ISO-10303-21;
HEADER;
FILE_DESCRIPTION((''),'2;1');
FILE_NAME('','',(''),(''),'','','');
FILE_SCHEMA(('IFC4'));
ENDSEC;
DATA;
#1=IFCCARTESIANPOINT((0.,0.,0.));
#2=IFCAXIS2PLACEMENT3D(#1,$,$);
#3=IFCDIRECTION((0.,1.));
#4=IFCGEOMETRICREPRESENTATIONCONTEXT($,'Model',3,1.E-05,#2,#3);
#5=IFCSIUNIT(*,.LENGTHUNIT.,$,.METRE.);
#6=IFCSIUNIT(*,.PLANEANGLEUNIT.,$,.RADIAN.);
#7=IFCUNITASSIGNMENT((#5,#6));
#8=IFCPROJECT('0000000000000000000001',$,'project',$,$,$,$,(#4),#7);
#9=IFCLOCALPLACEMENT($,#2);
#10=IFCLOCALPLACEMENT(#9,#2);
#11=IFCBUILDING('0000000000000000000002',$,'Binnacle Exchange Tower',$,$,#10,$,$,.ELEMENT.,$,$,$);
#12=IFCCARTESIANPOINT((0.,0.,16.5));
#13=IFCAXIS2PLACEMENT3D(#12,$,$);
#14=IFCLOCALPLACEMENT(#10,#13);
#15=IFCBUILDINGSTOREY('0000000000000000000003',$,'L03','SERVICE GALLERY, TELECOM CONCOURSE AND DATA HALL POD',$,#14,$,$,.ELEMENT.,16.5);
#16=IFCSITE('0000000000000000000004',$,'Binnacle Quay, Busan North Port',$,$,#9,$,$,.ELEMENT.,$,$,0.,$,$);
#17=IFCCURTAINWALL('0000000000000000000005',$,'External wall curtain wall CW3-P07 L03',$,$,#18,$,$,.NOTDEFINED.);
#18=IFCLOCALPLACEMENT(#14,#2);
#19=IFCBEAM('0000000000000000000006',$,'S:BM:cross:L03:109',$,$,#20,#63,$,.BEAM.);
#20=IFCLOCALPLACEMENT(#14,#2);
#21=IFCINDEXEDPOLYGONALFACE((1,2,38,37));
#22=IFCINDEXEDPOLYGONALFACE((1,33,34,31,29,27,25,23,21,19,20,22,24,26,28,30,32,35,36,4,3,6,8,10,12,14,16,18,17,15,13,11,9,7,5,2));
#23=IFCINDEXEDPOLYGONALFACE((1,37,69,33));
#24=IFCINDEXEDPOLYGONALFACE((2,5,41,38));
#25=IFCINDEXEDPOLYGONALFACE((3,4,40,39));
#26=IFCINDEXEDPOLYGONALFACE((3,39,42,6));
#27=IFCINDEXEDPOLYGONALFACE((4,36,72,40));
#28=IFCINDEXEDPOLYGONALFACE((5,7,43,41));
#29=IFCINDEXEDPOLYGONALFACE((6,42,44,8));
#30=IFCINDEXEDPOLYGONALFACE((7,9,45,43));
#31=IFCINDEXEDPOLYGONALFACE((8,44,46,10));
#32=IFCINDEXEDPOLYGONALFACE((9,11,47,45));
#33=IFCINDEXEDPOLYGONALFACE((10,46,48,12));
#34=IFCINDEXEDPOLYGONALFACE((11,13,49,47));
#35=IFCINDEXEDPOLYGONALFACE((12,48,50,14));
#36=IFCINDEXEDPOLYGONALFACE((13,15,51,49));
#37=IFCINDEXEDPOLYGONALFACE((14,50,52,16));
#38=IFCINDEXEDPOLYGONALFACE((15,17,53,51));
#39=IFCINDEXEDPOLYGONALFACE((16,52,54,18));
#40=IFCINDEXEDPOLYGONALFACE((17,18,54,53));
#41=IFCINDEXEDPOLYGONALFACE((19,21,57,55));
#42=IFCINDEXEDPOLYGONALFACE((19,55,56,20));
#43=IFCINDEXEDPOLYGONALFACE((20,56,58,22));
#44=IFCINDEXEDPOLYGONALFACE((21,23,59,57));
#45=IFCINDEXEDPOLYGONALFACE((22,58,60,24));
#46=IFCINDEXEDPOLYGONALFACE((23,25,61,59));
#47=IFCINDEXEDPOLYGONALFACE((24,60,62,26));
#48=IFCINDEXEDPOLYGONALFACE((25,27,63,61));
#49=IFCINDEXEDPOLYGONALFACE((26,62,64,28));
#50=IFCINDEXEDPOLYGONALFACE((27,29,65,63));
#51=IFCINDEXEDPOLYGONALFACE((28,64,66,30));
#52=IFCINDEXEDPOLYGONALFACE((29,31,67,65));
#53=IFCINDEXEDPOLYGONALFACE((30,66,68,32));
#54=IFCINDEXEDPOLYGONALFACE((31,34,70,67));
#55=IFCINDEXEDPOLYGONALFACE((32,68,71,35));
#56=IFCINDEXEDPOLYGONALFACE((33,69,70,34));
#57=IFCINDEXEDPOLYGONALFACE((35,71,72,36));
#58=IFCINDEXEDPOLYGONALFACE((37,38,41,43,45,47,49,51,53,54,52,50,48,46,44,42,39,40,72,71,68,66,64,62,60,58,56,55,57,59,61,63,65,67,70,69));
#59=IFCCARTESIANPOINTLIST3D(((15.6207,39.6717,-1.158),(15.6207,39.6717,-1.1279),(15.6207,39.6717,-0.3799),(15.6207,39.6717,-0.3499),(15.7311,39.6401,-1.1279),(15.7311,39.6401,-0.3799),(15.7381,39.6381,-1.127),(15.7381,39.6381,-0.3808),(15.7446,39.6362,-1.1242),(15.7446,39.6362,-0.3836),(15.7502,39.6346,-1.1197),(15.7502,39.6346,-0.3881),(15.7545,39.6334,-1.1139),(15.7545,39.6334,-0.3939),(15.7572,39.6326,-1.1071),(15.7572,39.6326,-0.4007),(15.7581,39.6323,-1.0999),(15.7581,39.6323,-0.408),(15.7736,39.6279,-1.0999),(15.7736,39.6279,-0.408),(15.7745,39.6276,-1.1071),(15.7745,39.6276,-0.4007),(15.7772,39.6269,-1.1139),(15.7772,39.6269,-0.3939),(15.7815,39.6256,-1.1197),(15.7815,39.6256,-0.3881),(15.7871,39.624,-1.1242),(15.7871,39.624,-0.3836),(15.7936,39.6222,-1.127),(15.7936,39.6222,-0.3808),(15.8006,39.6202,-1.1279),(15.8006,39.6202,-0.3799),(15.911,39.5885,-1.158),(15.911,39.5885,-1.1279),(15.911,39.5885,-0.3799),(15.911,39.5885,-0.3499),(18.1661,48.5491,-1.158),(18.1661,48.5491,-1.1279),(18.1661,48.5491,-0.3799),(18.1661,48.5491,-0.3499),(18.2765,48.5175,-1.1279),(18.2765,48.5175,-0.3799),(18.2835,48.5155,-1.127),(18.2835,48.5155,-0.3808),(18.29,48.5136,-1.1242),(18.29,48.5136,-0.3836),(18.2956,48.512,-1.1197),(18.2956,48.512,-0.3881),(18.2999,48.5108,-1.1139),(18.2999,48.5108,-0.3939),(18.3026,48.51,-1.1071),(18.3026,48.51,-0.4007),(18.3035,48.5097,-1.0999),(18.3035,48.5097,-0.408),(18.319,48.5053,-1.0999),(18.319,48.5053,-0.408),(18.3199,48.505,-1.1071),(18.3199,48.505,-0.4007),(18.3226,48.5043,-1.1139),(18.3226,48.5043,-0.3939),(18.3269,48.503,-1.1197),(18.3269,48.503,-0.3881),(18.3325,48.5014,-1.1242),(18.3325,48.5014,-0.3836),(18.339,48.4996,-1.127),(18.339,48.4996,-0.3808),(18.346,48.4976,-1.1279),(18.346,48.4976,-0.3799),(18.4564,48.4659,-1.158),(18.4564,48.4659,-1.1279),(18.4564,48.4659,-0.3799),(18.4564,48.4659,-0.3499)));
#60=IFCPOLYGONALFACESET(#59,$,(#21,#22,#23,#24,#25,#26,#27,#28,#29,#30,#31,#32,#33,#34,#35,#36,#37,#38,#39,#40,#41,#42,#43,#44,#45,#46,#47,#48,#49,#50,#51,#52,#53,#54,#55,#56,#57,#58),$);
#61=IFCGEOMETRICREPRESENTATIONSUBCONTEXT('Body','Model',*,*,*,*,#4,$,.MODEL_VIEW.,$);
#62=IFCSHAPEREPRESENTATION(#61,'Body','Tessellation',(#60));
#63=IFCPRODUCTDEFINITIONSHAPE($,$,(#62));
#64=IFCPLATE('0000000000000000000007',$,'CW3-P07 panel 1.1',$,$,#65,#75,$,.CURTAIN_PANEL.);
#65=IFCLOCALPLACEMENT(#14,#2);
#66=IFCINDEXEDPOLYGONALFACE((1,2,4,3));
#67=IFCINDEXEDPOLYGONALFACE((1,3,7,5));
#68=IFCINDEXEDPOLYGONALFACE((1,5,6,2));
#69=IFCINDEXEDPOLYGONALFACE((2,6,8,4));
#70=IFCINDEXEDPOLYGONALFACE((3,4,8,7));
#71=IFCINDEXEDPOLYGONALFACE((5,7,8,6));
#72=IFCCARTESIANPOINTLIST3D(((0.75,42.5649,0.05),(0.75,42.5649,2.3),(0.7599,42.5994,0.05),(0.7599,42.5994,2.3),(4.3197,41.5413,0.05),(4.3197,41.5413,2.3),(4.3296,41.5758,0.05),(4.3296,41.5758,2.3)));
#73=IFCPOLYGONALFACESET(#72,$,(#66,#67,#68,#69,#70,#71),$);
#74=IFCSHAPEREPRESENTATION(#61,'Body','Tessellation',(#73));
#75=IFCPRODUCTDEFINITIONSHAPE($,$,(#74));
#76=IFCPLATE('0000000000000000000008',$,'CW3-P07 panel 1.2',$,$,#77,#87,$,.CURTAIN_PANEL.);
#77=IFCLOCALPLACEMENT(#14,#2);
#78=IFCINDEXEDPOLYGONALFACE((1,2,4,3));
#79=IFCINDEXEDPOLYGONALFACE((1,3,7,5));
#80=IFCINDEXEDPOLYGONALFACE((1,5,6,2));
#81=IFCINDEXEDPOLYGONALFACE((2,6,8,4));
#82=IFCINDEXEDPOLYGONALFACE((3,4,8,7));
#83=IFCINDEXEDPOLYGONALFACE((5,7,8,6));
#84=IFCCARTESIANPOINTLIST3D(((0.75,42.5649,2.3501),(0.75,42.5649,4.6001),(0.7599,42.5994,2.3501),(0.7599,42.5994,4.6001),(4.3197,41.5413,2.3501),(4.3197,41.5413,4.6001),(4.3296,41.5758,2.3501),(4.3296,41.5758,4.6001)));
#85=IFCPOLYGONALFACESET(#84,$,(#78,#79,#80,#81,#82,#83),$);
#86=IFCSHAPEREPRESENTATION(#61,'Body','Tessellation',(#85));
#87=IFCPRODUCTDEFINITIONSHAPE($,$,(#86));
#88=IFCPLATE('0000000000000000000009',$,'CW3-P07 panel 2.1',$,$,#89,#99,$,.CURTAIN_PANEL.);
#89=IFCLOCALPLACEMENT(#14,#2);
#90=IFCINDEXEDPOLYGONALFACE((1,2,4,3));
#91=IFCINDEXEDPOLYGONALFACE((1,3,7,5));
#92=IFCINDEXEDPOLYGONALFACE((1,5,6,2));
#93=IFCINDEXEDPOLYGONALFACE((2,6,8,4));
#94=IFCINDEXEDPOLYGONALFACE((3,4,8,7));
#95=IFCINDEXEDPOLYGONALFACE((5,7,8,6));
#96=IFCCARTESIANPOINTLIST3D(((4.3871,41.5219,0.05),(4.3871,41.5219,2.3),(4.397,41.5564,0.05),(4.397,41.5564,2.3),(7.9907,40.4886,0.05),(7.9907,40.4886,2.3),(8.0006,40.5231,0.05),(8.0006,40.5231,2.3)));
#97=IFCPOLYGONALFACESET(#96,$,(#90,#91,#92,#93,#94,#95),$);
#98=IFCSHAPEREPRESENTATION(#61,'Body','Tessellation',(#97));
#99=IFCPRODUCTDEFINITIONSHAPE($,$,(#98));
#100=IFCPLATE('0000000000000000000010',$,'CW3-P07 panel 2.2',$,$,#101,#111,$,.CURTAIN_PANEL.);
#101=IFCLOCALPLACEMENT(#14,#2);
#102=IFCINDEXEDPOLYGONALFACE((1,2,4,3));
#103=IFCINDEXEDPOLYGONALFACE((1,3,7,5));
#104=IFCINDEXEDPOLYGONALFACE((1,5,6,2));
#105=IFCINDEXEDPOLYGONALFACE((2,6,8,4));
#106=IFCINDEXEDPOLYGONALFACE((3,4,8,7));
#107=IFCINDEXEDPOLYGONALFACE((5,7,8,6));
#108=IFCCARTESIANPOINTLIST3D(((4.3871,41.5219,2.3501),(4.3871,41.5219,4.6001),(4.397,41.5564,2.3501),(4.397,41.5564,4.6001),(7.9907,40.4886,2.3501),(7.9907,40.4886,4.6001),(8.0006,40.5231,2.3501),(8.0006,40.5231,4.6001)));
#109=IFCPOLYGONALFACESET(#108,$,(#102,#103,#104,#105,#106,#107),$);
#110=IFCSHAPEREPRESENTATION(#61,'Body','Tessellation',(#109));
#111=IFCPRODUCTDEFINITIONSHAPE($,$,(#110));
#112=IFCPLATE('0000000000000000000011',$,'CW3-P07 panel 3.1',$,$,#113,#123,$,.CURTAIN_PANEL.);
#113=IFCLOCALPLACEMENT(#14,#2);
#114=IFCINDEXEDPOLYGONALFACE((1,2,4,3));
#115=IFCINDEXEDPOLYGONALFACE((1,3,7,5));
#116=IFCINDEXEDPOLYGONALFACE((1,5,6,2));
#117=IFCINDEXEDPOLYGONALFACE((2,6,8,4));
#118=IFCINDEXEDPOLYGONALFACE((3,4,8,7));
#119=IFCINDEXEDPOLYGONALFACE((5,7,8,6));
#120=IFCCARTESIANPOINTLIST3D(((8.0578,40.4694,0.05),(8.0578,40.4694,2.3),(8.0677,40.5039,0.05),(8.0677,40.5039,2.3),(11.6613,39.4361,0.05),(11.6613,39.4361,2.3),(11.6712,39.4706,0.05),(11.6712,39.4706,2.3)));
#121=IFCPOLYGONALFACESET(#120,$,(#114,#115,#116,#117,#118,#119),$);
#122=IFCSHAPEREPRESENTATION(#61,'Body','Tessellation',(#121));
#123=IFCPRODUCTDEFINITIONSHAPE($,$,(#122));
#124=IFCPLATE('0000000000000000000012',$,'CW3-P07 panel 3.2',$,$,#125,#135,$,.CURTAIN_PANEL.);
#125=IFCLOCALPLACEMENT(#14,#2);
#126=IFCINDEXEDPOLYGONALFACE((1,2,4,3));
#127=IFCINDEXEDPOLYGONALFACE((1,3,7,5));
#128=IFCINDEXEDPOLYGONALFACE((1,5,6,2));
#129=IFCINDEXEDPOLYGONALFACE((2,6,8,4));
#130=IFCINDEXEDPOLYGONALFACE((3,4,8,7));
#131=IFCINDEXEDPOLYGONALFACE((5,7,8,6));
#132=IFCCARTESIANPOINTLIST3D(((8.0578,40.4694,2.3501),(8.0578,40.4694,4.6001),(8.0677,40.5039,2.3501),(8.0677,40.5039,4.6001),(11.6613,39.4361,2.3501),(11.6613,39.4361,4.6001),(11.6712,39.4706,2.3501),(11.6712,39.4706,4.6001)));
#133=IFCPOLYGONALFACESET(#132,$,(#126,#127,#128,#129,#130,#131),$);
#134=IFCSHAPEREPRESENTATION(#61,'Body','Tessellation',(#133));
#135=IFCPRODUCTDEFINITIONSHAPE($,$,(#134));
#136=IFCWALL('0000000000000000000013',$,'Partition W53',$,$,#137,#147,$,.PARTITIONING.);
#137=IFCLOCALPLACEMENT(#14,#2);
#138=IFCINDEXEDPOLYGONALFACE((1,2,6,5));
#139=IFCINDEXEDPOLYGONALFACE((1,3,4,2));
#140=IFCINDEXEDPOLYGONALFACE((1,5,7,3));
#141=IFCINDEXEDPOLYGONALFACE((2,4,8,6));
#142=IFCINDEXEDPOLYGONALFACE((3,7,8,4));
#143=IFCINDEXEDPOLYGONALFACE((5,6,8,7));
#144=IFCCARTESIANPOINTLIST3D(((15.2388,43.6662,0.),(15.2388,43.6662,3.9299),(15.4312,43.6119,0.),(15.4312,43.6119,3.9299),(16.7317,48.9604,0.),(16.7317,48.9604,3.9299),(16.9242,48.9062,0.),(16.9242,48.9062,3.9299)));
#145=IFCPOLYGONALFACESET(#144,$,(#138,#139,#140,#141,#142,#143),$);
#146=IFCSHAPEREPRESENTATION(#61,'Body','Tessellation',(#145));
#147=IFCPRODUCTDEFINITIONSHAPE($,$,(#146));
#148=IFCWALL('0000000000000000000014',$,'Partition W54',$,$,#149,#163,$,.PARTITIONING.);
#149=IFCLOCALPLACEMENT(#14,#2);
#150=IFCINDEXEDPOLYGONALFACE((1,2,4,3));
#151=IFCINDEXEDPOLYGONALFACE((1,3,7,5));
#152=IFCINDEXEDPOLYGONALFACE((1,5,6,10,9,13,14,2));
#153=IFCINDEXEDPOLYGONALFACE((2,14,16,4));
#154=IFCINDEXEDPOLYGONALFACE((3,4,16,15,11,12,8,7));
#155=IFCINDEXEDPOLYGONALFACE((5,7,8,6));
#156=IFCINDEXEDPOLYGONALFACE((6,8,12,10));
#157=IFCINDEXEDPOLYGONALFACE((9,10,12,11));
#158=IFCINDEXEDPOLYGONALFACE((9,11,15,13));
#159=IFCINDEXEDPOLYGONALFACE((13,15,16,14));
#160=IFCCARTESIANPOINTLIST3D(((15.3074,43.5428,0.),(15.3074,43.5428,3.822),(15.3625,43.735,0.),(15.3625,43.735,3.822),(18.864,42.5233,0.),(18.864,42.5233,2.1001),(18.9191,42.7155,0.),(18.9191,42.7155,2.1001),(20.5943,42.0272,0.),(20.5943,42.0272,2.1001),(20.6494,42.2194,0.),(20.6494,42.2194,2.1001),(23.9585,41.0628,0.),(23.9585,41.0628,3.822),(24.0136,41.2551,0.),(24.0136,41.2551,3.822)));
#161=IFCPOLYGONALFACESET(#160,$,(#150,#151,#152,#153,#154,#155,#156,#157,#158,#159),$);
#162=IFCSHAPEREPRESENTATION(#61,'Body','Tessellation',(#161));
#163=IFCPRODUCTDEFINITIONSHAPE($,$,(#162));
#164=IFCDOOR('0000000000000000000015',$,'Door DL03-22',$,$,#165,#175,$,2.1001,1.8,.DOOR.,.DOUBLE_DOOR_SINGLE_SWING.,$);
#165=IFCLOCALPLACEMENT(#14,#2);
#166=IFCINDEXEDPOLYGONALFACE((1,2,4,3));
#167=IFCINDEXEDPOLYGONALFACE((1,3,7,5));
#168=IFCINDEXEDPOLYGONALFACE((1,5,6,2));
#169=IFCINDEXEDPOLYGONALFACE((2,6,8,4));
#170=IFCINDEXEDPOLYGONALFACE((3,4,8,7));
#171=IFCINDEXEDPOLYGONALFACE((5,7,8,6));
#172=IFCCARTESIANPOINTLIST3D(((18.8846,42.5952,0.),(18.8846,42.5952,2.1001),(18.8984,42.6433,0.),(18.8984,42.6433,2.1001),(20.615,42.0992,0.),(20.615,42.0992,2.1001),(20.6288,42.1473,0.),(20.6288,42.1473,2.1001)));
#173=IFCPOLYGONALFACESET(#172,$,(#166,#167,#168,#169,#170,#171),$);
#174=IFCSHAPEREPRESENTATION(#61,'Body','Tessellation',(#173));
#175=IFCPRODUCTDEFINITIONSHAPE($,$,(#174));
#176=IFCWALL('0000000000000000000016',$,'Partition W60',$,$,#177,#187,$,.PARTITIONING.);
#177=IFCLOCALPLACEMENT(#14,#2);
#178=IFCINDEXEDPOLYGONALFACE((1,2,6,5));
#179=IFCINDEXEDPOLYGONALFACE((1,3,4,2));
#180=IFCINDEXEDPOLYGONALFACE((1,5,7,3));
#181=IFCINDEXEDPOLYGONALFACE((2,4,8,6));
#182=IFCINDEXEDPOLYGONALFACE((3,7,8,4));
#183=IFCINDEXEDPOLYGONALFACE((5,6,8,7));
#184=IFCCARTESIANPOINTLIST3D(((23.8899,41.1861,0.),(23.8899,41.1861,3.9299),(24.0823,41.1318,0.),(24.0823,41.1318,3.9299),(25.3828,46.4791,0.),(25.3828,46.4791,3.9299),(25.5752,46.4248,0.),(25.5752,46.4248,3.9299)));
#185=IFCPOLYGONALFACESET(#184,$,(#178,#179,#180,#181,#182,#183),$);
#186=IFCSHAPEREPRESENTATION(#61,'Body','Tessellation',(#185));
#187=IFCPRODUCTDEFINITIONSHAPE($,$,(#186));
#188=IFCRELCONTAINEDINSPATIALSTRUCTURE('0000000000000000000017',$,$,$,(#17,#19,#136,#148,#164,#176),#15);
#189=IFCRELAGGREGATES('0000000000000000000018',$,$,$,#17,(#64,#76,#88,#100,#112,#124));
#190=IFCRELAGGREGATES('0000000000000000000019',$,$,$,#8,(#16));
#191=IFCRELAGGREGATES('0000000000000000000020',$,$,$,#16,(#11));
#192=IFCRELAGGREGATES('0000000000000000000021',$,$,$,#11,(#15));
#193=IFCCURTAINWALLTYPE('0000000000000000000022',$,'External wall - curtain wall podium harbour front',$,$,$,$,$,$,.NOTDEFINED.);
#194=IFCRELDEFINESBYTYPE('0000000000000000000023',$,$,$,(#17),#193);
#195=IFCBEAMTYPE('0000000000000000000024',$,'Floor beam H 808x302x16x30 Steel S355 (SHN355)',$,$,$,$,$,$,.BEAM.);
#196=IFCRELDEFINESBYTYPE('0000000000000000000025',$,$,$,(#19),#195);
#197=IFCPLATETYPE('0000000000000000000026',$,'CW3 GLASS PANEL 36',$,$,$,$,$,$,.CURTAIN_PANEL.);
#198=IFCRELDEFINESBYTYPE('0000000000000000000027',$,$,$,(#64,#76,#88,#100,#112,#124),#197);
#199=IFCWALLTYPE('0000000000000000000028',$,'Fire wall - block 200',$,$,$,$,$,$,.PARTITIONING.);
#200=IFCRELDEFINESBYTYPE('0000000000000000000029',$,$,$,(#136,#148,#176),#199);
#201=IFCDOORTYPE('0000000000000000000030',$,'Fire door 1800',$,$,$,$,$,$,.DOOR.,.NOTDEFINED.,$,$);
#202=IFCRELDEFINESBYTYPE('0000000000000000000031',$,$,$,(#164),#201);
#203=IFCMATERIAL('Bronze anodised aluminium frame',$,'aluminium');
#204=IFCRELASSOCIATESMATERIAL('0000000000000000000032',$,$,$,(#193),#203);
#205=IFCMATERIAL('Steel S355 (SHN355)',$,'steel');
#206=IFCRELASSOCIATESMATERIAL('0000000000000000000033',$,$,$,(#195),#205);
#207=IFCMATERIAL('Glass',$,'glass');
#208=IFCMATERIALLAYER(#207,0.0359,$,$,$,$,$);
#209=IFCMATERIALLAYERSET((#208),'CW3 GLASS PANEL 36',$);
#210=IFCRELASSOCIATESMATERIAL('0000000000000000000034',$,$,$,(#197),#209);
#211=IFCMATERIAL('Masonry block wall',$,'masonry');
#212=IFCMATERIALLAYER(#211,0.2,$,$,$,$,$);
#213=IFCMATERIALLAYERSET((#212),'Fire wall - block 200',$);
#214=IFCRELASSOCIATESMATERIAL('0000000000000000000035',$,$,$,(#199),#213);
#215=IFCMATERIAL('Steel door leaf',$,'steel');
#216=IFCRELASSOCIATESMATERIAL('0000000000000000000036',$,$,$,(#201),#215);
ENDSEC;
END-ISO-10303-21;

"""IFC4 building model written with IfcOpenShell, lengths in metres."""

from ifc_helpers import new_model, si_unit, direction, frame, frame_2d, origin, origin_2d, place, context, subcontext, project, spatial, rectangle, i_section, extrude, material, layer, layer_set, material_profile, profile_set, type_object, element, fill, aggregate, save


model = new_model("IFC4")

# Units and contexts
model_context = context("Model", 3, precision=1e-05, world=origin(), true_north=direction((0.0, 1.0)))
body_context = subcontext(model_context, "Body", "Model", "MODEL_VIEW")
ifc_project = project(units=[si_unit("LENGTHUNIT", "METRE"), si_unit("PLANEANGLEUNIT", "RADIAN")], contexts=[model_context])

# Site, building, storey
site_placement = place(None, origin())
site = spatial("IfcSite", under=ifc_project, at=site_placement, Name="Binnacle Quay, Busan North Port", CompositionType="ELEMENT", RefElevation=0.0)
building_placement = place(site_placement, origin())
building = spatial("IfcBuilding", under=site, at=building_placement, Name="Binnacle Exchange Tower", CompositionType="ELEMENT")
storey_placement = place(building_placement, frame((0.0, 0.0, 16.5)))
storey = spatial("IfcBuildingStorey", under=building, at=storey_placement, Name="L03", Description="SERVICE GALLERY, TELECOM CONCOURSE AND DATA HALL POD", CompositionType="ELEMENT", Elevation=16.5)

# Shared definitions
ifc_material_1 = material(Name="Bronze anodised aluminium frame", Category="aluminium")
curtain_wall_type = type_object("IfcCurtainWallType", Name="External wall - curtain wall podium harbour front", PredefinedType="NOTDEFINED", material=ifc_material_1)

# Curtain wall
curtain_wall_1_placement = place(storey_placement, origin())
curtain_wall_1 = element("IfcCurtainWall", 1, at=curtain_wall_1_placement, inside=storey, type_object=curtain_wall_type, Name="External wall curtain wall CW3-P07 L03", PredefinedType="NOTDEFINED")

# Beam
ifc_material_2 = material(Name="Steel S355 (SHN355)", Category="steel")
ifc_material_profile_1 = material_profile(ifc_material_2, i_section(OverallWidth=0.302, OverallDepth=0.8081, WebThickness=0.0161, FlangeThickness=0.03, FilletRadius=0.0281, at=origin_2d()), Name="H 808x302x16x30")
ifc_profile_set_1 = profile_set([ifc_material_profile_1], Name="Steel S355 (SHN355)")
beam_type_1 = type_object("IfcBeamType", Name="Floor beam H 808x302x16x30 Steel S355 (SHN355)", PredefinedType="BEAM", material=ifc_profile_set_1)
beam_1_placement = place(storey_placement, frame((15.7659, 39.6301, -0.7539), z_axis=(0.275622, 0.961266, 0.0), x_axis=(-0.961266, 0.275622, 0.0)))
element("IfcBeam", 2, at=beam_1_placement, inside=storey, type_object=beam_type_1, Name="S:BM:cross:L03:109", PredefinedType="BEAM", context=body_context, shape_type="SweptSolid", body=[
    extrude(i_section(OverallWidth=0.302, OverallDepth=0.8081, WebThickness=0.0161, FlangeThickness=0.03, FilletRadius=0.0281, at=origin_2d()), origin(), (0.0, 0.0, 1.0), 9.2351),
])

# Plates
ifc_material_3 = material(Name="Glass", Category="glass")
ifc_layer_1 = layer(ifc_material_3, 0.0359)
ifc_layer_set_1 = layer_set([ifc_layer_1], Name="CW3 GLASS PANEL 36")
plate_type = type_object("IfcPlateType", Name="CW3 GLASS PANEL 36", PredefinedType="CURTAIN_PANEL", material=ifc_layer_set_1)
plate_1_placement = place(storey_placement, frame((2.5398, 42.0703, 0.05), z_axis=(0.0, 0.0, 1.0), x_axis=(0.961262, -0.275637, 0.0)))
plate_1 = element("IfcPlate", 3, at=plate_1_placement, type_object=plate_type, Name="CW3-P07 panel 1.1", PredefinedType="CURTAIN_PANEL", context=body_context, shape_type="SweptSolid", body=[
    extrude(rectangle(XDim=3.7136, YDim=0.0359, at=origin_2d()), origin(), (0.0, 0.0, 1.0), 2.25),
])
plate_2_placement = place(storey_placement, frame((2.5398, 42.0703, 2.3501), z_axis=(0.0, 0.0, 1.0), x_axis=(0.961262, -0.275637, 0.0)))
plate_2 = element("IfcPlate", 4, at=plate_2_placement, type_object=plate_type, Name="CW3-P07 panel 1.2", PredefinedType="CURTAIN_PANEL", context=body_context, shape_type="SweptSolid", body=[
    extrude(rectangle(XDim=3.7136, YDim=0.0359, at=origin_2d()), origin(), (0.0, 0.0, 1.0), 2.25),
])
plate_3_placement = place(storey_placement, frame((6.1938, 41.0225, 0.05), z_axis=(0.0, 0.0, 1.0), x_axis=(0.961262, -0.275637, 0.0)))
plate_3 = element("IfcPlate", 5, at=plate_3_placement, type_object=plate_type, Name="CW3-P07 panel 2.1", PredefinedType="CURTAIN_PANEL", context=body_context, shape_type="SweptSolid", body=[
    extrude(rectangle(XDim=3.7488, YDim=0.0359, at=origin_2d()), origin(), (0.0, 0.0, 1.0), 2.25),
])
plate_4_placement = place(storey_placement, frame((6.1938, 41.0225, 2.3501), z_axis=(0.0, 0.0, 1.0), x_axis=(0.961262, -0.275637, 0.0)))
plate_4 = element("IfcPlate", 6, at=plate_4_placement, type_object=plate_type, Name="CW3-P07 panel 2.2", PredefinedType="CURTAIN_PANEL", context=body_context, shape_type="SweptSolid", body=[
    extrude(rectangle(XDim=3.7488, YDim=0.0359, at=origin_2d()), origin(), (0.0, 0.0, 1.0), 2.25),
])
plate_5_placement = place(storey_placement, frame((9.8645, 39.97, 0.05), z_axis=(0.0, 0.0, 1.0), x_axis=(0.961262, -0.275637, 0.0)))
plate_5 = element("IfcPlate", 7, at=plate_5_placement, type_object=plate_type, Name="CW3-P07 panel 3.1", PredefinedType="CURTAIN_PANEL", context=body_context, shape_type="SweptSolid", body=[
    extrude(rectangle(XDim=3.7488, YDim=0.0359, at=origin_2d()), origin(), (0.0, 0.0, 1.0), 2.25),
])
plate_6_placement = place(storey_placement, frame((9.8645, 39.97, 2.3501), z_axis=(0.0, 0.0, 1.0), x_axis=(0.961262, -0.275637, 0.0)))
plate_6 = element("IfcPlate", 8, at=plate_6_placement, type_object=plate_type, Name="CW3-P07 panel 3.2", PredefinedType="CURTAIN_PANEL", context=body_context, shape_type="SweptSolid", body=[
    extrude(rectangle(XDim=3.7488, YDim=0.0359, at=origin_2d()), origin(), (0.0, 0.0, 1.0), 2.25),
])
aggregate(curtain_wall_1, [plate_1, plate_2, plate_3, plate_4, plate_5, plate_6])

# Wall
ifc_material_4 = material(Name="Masonry block wall", Category="masonry")
ifc_layer_2 = layer(ifc_material_4, 0.2)
ifc_layer_set_2 = layer_set([ifc_layer_2], Name="Fire wall - block 200")
wall_type_1 = type_object("IfcWallType", Name="Fire wall - block 200", PredefinedType="PARTITIONING", material=ifc_layer_set_2)
wall_1_placement = place(storey_placement, frame((15.335, 43.6389, 0.0), z_axis=(0.0, 0.0, 1.0), x_axis=(0.271407, 0.962465, 0.0)))
element("IfcWall", 9, at=wall_1_placement, inside=storey, type_object=wall_type_1, Name="Partition W53", PredefinedType="PARTITIONING", context=body_context, shape_type="SweptSolid", body=[
    extrude(rectangle(XDim=5.5007, YDim=0.2, at=frame_2d((2.7505, 0.0))), origin(), (0.0, 0.0, 1.0), 3.9299),
])

# Wall, opening, door
wall_2_placement = place(storey_placement, frame((15.335, 43.6389, 0.0), z_axis=(0.0, 0.0, 1.0), x_axis=(0.961282, -0.275567, 0.0)))
wall_2 = element("IfcWall", 10, at=wall_2_placement, inside=storey, type_object=wall_type_1, Name="Partition W54", PredefinedType="PARTITIONING", context=body_context, shape_type="SweptSolid", body=[
    extrude(rectangle(XDim=8.9995, YDim=0.2, at=frame_2d((4.4998, 0.0))), origin(), (0.0, 0.0, 1.0), 3.822),
])
opening_placement = place(wall_2_placement, frame((3.7, 0.0, 0.0)))
opening = element("IfcOpeningElement", 11, at=opening_placement, cuts=wall_2, PredefinedType="OPENING", context=body_context, shape_type="SweptSolid", body=[
    extrude(rectangle(XDim=1.8, YDim=2.1001, at=frame_2d((0.8999, 1.05))), frame((0.0, 0.1099, 0.0), z_axis=(0.0, -1.0, 0.0), x_axis=(1.0, 0.0, 0.0)), (0.0, 0.0, 1.0), 0.22),
])
ifc_material_5 = material(Name="Steel door leaf", Category="steel")
door_type = type_object("IfcDoorType", Name="Fire door 1800", OperationType="NOTDEFINED", PredefinedType="DOOR", material=ifc_material_5)
door_placement = place(opening_placement, origin())
door = element("IfcDoor", 12, at=door_placement, inside=storey, type_object=door_type, Name="Door DL03-22", OperationType="DOUBLE_DOOR_SINGLE_SWING", OverallHeight=2.1001, OverallWidth=1.8, PredefinedType="DOOR", context=body_context, shape_type="SweptSolid", body=[
    extrude(rectangle(XDim=1.8, YDim=2.1001, at=frame_2d((0.8999, 1.05))), frame((0.0, 0.0249, 0.0), z_axis=(0.0, -1.0, 0.0), x_axis=(1.0, 0.0, 0.0)), (0.0, 0.0, 1.0), 0.05),
])
fill(opening, door)

# Wall
wall_3_placement = place(storey_placement, frame((23.9861, 41.1589, 0.0), z_axis=(0.0, 0.0, 1.0), x_axis=(0.271465, 0.962448, 0.0)))
element("IfcWall", 13, at=wall_3_placement, inside=storey, type_object=wall_type_1, Name="Partition W60", PredefinedType="PARTITIONING", context=body_context, shape_type="SweptSolid", body=[
    extrude(rectangle(XDim=5.4995, YDim=0.2, at=frame_2d((2.7498, 0.0))), origin(), (0.0, 0.0, 1.0), 3.9299),
])

save(model, "model.ifc")
